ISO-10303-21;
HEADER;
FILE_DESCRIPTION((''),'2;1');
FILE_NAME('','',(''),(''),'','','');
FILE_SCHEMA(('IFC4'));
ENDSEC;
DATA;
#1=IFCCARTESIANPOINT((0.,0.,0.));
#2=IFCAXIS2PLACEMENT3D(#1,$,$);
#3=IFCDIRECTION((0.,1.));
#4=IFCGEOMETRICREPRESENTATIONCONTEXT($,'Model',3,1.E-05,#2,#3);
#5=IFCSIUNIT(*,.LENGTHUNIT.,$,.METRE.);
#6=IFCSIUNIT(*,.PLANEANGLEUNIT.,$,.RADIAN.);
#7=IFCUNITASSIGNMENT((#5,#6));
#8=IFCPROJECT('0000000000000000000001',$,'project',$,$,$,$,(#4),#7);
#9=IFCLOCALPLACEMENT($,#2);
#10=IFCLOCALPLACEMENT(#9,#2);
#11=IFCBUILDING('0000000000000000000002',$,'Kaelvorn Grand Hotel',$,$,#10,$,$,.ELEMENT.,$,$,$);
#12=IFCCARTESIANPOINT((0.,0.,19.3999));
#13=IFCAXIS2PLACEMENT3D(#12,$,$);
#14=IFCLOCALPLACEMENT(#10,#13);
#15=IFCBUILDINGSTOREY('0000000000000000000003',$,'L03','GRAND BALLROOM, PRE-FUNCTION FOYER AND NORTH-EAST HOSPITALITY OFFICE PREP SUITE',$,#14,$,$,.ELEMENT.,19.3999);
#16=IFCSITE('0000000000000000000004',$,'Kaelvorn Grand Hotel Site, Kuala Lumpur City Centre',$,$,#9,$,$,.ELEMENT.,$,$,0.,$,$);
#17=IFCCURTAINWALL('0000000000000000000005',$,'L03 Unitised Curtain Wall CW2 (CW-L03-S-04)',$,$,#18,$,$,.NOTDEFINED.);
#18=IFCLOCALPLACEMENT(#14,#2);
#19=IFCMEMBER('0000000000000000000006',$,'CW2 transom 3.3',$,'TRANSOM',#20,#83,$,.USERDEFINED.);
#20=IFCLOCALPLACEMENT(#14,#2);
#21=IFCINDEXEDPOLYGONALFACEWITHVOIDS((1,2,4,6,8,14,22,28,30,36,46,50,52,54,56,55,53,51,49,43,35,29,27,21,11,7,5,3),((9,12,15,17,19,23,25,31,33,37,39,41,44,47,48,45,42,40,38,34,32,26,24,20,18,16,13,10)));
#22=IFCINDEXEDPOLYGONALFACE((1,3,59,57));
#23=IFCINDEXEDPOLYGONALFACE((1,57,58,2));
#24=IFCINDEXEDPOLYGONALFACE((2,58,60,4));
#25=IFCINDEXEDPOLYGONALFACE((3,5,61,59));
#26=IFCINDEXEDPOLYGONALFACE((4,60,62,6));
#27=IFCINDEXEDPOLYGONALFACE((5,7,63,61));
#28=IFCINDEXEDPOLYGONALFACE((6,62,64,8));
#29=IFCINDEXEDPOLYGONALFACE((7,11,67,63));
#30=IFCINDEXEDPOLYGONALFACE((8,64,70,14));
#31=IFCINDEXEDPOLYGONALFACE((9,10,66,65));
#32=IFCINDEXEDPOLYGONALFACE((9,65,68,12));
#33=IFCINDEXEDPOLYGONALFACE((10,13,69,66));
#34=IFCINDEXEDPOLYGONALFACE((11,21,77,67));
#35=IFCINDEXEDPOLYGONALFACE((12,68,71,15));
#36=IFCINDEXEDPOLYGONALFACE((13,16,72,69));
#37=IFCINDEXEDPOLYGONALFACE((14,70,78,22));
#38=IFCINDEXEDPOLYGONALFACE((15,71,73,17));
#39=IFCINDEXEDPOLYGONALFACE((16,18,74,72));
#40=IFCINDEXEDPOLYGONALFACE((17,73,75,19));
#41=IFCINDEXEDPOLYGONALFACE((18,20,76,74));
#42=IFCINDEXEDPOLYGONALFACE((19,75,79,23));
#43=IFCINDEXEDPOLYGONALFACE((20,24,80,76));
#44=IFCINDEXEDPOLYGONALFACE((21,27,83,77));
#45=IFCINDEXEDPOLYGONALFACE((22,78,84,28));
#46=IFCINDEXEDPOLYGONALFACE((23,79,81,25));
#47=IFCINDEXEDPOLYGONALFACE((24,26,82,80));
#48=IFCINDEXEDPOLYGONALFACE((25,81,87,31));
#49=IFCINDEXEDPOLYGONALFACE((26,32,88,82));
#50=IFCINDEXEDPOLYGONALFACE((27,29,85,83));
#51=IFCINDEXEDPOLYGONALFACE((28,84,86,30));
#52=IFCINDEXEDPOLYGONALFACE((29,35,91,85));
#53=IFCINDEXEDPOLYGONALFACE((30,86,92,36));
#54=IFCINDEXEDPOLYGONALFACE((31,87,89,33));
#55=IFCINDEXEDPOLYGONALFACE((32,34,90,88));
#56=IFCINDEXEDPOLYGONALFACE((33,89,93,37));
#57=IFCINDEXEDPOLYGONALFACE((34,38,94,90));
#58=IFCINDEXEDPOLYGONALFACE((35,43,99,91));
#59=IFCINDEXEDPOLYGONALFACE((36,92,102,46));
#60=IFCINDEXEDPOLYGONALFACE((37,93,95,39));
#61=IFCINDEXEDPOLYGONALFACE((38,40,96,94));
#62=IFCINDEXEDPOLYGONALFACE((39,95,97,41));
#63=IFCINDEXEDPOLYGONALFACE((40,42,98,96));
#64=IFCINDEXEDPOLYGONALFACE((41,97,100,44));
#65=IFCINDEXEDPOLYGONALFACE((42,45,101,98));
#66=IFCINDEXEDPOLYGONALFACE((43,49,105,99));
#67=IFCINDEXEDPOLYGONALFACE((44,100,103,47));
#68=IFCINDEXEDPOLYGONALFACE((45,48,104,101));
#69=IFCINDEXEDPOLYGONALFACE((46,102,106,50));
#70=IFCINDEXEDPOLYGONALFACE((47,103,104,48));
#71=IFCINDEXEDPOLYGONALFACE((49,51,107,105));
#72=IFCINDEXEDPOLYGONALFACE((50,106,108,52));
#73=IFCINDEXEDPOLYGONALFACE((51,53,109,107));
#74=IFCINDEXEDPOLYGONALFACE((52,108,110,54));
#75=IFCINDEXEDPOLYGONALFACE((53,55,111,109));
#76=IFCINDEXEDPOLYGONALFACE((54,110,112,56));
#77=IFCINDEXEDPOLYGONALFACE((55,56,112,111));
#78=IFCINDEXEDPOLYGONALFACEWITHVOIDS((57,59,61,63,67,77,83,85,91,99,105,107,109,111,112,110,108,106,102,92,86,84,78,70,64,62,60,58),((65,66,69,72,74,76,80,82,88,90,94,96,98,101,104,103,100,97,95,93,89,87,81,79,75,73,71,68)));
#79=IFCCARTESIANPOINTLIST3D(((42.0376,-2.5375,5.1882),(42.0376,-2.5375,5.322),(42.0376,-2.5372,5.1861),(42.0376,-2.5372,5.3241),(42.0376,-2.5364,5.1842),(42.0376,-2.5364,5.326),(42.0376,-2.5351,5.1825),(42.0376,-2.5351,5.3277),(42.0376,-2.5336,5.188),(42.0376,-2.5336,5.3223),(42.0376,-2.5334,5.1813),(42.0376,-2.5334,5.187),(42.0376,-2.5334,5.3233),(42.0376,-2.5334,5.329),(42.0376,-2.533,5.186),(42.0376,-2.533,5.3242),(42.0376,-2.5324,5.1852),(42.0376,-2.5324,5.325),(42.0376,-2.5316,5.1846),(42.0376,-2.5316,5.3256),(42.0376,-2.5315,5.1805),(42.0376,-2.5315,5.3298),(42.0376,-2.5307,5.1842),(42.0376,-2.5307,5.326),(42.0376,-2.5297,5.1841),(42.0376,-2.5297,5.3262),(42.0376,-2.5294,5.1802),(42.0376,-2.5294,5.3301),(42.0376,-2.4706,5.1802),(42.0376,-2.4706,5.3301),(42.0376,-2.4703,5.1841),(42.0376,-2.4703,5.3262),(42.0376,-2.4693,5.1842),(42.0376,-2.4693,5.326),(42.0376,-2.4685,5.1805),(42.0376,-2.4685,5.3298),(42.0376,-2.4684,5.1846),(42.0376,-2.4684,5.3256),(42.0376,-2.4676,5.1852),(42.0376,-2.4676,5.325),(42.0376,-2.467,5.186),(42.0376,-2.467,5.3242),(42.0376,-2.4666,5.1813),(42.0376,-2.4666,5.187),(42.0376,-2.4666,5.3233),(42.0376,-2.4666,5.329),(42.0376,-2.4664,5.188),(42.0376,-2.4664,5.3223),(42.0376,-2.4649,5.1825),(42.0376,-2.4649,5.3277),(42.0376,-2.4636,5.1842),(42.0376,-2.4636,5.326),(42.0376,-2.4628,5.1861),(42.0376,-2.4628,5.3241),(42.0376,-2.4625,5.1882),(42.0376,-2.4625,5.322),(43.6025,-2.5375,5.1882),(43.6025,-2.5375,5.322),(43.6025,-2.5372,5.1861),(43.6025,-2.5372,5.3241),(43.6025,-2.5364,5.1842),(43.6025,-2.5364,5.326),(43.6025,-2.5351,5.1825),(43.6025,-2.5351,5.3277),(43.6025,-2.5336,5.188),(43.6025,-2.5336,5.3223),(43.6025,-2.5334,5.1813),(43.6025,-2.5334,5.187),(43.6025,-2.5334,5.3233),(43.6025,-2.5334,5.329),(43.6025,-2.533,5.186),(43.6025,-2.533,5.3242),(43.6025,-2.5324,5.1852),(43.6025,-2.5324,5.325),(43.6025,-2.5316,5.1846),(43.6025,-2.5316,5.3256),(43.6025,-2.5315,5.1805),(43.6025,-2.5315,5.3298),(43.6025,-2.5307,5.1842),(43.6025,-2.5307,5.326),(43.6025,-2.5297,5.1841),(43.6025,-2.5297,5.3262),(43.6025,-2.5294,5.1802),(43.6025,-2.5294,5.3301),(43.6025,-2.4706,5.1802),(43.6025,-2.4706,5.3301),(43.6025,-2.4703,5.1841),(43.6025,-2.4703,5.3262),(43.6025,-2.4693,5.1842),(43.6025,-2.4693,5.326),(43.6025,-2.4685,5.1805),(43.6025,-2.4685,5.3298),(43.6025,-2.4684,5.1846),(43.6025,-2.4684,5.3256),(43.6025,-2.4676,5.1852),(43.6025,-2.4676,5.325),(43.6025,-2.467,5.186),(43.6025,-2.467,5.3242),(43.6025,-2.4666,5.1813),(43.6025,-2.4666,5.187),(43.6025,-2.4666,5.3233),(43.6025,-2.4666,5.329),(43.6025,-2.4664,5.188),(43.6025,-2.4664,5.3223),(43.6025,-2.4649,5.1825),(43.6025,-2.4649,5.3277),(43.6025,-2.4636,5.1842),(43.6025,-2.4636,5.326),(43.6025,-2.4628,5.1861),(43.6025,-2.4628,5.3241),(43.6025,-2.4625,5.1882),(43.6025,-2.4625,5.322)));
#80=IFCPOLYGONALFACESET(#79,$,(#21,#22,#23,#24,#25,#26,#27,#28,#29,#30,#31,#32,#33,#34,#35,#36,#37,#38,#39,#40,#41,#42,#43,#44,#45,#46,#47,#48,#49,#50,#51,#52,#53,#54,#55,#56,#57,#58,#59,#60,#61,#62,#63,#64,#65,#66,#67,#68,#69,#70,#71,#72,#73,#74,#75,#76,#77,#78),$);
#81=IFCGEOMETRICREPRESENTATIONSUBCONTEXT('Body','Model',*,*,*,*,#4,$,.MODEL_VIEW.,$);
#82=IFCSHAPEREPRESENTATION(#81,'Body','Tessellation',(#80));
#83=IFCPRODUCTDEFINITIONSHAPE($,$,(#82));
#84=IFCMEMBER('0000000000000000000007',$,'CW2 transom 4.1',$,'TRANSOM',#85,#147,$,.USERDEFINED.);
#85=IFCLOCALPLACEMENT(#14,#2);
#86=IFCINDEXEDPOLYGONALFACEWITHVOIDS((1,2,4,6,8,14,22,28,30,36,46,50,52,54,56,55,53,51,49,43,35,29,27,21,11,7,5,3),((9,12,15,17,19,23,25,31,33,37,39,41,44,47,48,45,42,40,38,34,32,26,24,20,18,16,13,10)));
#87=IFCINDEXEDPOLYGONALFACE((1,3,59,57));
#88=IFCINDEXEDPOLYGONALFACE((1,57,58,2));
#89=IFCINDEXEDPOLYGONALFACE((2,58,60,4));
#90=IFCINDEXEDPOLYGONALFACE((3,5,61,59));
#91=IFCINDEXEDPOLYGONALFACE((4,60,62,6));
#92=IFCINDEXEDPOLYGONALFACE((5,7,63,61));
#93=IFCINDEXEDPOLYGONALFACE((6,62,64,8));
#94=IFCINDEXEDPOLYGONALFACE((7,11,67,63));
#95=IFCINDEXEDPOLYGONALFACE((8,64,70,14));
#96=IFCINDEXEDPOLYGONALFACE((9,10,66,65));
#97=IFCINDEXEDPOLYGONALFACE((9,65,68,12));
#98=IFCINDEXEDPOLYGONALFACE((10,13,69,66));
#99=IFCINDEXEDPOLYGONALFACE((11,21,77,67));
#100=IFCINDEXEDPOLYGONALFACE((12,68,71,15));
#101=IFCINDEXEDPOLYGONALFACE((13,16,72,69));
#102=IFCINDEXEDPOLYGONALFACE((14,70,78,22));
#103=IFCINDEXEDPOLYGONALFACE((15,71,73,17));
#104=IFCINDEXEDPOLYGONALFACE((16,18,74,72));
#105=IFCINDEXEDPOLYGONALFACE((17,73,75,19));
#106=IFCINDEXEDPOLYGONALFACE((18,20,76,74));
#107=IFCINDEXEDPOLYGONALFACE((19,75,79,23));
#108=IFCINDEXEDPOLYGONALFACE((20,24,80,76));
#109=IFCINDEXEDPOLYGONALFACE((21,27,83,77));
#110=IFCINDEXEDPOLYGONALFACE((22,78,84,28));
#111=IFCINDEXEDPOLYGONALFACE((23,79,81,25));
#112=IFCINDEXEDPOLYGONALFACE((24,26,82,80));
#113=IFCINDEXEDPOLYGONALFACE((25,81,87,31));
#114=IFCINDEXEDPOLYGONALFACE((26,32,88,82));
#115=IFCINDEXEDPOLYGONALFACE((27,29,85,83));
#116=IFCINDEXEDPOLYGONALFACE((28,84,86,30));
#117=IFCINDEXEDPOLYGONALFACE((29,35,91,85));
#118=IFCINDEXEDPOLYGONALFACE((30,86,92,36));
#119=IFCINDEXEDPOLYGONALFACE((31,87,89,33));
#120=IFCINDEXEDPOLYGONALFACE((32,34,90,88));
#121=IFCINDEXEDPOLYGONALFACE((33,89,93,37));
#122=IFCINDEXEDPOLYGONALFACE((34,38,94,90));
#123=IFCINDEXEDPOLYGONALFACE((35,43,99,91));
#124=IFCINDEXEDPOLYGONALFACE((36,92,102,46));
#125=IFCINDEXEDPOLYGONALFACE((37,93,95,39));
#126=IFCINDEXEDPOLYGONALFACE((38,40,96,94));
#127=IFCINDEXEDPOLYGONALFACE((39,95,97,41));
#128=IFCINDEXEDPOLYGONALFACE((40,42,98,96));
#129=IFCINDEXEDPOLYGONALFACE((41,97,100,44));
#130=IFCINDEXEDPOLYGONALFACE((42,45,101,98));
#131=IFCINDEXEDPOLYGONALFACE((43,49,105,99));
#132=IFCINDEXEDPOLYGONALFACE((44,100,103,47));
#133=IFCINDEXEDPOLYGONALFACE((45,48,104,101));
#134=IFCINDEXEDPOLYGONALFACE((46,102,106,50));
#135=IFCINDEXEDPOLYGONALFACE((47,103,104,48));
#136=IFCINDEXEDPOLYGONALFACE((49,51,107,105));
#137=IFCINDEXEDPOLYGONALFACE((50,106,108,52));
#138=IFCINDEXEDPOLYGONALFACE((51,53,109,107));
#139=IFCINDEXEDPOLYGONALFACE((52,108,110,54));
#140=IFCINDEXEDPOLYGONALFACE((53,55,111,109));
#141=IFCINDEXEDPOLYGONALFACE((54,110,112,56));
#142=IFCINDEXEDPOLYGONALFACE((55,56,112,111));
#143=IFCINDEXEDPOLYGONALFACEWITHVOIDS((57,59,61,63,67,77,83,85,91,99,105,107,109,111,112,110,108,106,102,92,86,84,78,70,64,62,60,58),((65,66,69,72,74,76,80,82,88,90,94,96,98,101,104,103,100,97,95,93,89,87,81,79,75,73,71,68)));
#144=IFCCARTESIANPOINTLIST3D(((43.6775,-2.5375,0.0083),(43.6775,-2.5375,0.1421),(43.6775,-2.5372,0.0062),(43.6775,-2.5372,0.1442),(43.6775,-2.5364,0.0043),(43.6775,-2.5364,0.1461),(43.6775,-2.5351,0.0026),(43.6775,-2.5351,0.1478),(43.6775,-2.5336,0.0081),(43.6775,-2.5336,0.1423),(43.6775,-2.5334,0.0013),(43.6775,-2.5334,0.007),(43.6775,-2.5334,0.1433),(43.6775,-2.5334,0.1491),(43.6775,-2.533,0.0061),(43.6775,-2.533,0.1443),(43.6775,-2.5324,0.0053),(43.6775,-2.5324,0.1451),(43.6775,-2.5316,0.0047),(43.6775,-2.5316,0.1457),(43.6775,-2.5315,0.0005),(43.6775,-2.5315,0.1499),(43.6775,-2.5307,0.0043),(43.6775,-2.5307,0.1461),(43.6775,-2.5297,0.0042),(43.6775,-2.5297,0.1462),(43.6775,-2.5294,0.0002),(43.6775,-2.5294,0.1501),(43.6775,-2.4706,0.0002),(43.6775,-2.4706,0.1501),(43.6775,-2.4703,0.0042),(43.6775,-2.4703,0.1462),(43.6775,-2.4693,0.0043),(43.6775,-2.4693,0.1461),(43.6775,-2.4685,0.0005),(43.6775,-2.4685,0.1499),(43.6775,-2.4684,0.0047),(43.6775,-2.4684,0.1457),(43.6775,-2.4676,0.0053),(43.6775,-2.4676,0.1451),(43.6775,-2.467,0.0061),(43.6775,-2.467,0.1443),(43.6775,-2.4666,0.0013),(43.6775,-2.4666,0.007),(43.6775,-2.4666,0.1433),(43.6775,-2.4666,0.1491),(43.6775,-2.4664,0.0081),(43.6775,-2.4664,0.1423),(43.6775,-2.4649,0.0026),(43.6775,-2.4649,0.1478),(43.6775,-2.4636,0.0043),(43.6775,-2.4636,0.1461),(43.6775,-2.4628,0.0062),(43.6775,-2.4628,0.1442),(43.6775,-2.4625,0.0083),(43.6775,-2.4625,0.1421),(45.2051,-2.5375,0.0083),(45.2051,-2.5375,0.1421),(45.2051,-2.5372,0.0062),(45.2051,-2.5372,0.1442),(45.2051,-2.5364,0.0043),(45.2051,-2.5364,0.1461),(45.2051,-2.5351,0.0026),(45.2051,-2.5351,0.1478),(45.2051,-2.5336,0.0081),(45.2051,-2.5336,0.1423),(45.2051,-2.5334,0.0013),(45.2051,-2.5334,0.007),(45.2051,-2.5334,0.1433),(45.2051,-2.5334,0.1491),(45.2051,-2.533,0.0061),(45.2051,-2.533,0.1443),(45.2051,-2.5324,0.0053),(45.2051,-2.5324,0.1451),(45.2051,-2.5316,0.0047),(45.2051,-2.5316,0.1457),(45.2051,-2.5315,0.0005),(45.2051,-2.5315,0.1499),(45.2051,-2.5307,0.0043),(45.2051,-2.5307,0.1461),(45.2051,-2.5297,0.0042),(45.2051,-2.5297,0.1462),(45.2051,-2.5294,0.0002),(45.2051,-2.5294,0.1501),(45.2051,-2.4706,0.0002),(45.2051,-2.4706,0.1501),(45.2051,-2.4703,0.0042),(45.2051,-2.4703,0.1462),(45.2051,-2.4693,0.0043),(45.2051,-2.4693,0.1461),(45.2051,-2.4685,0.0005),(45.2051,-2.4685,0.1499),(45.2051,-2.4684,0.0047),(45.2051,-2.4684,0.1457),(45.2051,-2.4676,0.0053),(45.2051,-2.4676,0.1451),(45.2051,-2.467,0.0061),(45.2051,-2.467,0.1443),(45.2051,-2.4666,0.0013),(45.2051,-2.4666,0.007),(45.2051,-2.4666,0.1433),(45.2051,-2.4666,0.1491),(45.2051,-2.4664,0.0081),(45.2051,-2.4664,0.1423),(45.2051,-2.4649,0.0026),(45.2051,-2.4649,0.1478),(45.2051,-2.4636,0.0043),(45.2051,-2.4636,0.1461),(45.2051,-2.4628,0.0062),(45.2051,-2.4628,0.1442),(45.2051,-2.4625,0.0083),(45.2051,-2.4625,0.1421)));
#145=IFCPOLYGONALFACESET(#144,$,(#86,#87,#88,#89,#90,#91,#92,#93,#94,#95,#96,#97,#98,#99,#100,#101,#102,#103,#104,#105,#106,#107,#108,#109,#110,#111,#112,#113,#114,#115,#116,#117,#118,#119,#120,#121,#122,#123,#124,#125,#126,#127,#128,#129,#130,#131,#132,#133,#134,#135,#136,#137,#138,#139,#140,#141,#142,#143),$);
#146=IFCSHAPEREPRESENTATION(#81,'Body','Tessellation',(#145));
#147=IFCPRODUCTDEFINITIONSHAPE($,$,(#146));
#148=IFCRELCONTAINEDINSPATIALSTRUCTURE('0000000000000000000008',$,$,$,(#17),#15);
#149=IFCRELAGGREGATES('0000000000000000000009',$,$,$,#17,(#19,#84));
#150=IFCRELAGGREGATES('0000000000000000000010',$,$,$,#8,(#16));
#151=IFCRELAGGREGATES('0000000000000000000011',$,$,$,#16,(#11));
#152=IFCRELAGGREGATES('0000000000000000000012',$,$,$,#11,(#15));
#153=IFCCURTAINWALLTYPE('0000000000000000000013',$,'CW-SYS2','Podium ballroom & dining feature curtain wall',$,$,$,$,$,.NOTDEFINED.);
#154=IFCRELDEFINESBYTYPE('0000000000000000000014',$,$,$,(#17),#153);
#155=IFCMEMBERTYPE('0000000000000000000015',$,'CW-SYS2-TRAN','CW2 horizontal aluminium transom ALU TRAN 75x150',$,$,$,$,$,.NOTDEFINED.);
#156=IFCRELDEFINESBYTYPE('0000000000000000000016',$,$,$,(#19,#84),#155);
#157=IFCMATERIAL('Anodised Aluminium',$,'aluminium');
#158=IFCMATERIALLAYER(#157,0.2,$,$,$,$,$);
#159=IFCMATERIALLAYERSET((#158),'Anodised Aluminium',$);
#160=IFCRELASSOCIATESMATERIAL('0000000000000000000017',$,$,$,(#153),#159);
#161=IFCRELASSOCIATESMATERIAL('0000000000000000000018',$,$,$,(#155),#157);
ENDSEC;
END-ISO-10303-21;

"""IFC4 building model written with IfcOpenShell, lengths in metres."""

from ifc_helpers import new_model, si_unit, direction, frame, origin, origin_2d, place, context, subcontext, project, spatial, hollow_rectangle, extrude, material, layer, layer_set, material_profile, profile_set, type_object, element, aggregate, save


model = new_model("IFC4")

# Units and contexts
model_context = context("Model", 3, precision=1e-05, world=origin(), true_north=direction((0.0, 1.0)))
body_context = subcontext(model_context, "Body", "Model", "MODEL_VIEW")
ifc_project = project(units=[si_unit("LENGTHUNIT", "METRE"), si_unit("PLANEANGLEUNIT", "RADIAN")], contexts=[model_context])

# Site, building, storey
site_placement = place(None, origin())
site = spatial("IfcSite", under=ifc_project, at=site_placement, Name="Kaelvorn Grand Hotel Site, Kuala Lumpur City Centre", CompositionType="ELEMENT", RefElevation=0.0)
building_placement = place(site_placement, origin())
building = spatial("IfcBuilding", under=site, at=building_placement, Name="Kaelvorn Grand Hotel", CompositionType="ELEMENT")
storey_placement = place(building_placement, frame((0.0, 0.0, 19.3999)))
storey = spatial("IfcBuildingStorey", under=building, at=storey_placement, Name="L03", Description="GRAND BALLROOM, PRE-FUNCTION FOYER AND NORTH-EAST HOSPITALITY OFFICE PREP SUITE", CompositionType="ELEMENT", Elevation=19.3999)

# Curtain wall
ifc_material_1 = material(Name="Anodised Aluminium", Category="aluminium")
ifc_layer_1 = layer(ifc_material_1, 0.2)
ifc_layer_set_1 = layer_set([ifc_layer_1], Name="Anodised Aluminium")
curtain_wall_type = type_object("IfcCurtainWallType", Name="CW-SYS2", Description="Podium ballroom & dining feature curtain wall", PredefinedType="NOTDEFINED", material=ifc_layer_set_1)
curtain_wall_1_placement = place(storey_placement, origin())
curtain_wall_1 = element("IfcCurtainWall", 1, at=curtain_wall_1_placement, inside=storey, type_object=curtain_wall_type, Name="L03 Unitised Curtain Wall CW2 (CW-L03-S-04)", PredefinedType="NOTDEFINED")

# Members
ifc_material_profile_1 = material_profile(ifc_material_1, hollow_rectangle(XDim=0.075, YDim=0.1499, WallThickness=0.0039, InnerFilletRadius=0.0039, OuterFilletRadius=0.0081, at=origin_2d()), Name="ALU TRAN 75x150")
ifc_profile_set_1 = profile_set([ifc_material_profile_1], Name="Anodised Aluminium")
member_type_1 = type_object("IfcMemberType", Name="CW-SYS2-TRAN", Description="CW2 horizontal aluminium transom ALU TRAN 75x150", PredefinedType="NOTDEFINED", material=ifc_profile_set_1)
member_1_placement = place(storey_placement, frame((42.0376, -2.5, 5.2551), z_axis=(1.0, 0.0, 0.0), x_axis=(0.0, 1.0, 0.0)))
member_1 = element("IfcMember", 2, at=member_1_placement, type_object=member_type_1, Name="CW2 transom 3.3", ObjectType="TRANSOM", PredefinedType="USERDEFINED", context=body_context, shape_type="SweptSolid", body=[
    extrude(hollow_rectangle(XDim=0.075, YDim=0.1499, WallThickness=0.0039, InnerFilletRadius=0.0039, OuterFilletRadius=0.0081, at=origin_2d()), origin(), (0.0, 0.0, 1.0), 1.5649),
])
member_2_placement = place(storey_placement, frame((43.6775, -2.5, 0.0752), z_axis=(1.0, 0.0, 0.0), x_axis=(0.0, 1.0, 0.0)))
member_2 = element("IfcMember", 3, at=member_2_placement, type_object=member_type_1, Name="CW2 transom 4.1", ObjectType="TRANSOM", PredefinedType="USERDEFINED", context=body_context, shape_type="SweptSolid", body=[
    extrude(hollow_rectangle(XDim=0.075, YDim=0.1499, WallThickness=0.0039, InnerFilletRadius=0.0039, OuterFilletRadius=0.0081, at=origin_2d()), origin(), (0.0, 0.0, 1.0), 1.5276),
])

aggregate(curtain_wall_1, [member_1, member_2])

save(model, "model.ifc")
